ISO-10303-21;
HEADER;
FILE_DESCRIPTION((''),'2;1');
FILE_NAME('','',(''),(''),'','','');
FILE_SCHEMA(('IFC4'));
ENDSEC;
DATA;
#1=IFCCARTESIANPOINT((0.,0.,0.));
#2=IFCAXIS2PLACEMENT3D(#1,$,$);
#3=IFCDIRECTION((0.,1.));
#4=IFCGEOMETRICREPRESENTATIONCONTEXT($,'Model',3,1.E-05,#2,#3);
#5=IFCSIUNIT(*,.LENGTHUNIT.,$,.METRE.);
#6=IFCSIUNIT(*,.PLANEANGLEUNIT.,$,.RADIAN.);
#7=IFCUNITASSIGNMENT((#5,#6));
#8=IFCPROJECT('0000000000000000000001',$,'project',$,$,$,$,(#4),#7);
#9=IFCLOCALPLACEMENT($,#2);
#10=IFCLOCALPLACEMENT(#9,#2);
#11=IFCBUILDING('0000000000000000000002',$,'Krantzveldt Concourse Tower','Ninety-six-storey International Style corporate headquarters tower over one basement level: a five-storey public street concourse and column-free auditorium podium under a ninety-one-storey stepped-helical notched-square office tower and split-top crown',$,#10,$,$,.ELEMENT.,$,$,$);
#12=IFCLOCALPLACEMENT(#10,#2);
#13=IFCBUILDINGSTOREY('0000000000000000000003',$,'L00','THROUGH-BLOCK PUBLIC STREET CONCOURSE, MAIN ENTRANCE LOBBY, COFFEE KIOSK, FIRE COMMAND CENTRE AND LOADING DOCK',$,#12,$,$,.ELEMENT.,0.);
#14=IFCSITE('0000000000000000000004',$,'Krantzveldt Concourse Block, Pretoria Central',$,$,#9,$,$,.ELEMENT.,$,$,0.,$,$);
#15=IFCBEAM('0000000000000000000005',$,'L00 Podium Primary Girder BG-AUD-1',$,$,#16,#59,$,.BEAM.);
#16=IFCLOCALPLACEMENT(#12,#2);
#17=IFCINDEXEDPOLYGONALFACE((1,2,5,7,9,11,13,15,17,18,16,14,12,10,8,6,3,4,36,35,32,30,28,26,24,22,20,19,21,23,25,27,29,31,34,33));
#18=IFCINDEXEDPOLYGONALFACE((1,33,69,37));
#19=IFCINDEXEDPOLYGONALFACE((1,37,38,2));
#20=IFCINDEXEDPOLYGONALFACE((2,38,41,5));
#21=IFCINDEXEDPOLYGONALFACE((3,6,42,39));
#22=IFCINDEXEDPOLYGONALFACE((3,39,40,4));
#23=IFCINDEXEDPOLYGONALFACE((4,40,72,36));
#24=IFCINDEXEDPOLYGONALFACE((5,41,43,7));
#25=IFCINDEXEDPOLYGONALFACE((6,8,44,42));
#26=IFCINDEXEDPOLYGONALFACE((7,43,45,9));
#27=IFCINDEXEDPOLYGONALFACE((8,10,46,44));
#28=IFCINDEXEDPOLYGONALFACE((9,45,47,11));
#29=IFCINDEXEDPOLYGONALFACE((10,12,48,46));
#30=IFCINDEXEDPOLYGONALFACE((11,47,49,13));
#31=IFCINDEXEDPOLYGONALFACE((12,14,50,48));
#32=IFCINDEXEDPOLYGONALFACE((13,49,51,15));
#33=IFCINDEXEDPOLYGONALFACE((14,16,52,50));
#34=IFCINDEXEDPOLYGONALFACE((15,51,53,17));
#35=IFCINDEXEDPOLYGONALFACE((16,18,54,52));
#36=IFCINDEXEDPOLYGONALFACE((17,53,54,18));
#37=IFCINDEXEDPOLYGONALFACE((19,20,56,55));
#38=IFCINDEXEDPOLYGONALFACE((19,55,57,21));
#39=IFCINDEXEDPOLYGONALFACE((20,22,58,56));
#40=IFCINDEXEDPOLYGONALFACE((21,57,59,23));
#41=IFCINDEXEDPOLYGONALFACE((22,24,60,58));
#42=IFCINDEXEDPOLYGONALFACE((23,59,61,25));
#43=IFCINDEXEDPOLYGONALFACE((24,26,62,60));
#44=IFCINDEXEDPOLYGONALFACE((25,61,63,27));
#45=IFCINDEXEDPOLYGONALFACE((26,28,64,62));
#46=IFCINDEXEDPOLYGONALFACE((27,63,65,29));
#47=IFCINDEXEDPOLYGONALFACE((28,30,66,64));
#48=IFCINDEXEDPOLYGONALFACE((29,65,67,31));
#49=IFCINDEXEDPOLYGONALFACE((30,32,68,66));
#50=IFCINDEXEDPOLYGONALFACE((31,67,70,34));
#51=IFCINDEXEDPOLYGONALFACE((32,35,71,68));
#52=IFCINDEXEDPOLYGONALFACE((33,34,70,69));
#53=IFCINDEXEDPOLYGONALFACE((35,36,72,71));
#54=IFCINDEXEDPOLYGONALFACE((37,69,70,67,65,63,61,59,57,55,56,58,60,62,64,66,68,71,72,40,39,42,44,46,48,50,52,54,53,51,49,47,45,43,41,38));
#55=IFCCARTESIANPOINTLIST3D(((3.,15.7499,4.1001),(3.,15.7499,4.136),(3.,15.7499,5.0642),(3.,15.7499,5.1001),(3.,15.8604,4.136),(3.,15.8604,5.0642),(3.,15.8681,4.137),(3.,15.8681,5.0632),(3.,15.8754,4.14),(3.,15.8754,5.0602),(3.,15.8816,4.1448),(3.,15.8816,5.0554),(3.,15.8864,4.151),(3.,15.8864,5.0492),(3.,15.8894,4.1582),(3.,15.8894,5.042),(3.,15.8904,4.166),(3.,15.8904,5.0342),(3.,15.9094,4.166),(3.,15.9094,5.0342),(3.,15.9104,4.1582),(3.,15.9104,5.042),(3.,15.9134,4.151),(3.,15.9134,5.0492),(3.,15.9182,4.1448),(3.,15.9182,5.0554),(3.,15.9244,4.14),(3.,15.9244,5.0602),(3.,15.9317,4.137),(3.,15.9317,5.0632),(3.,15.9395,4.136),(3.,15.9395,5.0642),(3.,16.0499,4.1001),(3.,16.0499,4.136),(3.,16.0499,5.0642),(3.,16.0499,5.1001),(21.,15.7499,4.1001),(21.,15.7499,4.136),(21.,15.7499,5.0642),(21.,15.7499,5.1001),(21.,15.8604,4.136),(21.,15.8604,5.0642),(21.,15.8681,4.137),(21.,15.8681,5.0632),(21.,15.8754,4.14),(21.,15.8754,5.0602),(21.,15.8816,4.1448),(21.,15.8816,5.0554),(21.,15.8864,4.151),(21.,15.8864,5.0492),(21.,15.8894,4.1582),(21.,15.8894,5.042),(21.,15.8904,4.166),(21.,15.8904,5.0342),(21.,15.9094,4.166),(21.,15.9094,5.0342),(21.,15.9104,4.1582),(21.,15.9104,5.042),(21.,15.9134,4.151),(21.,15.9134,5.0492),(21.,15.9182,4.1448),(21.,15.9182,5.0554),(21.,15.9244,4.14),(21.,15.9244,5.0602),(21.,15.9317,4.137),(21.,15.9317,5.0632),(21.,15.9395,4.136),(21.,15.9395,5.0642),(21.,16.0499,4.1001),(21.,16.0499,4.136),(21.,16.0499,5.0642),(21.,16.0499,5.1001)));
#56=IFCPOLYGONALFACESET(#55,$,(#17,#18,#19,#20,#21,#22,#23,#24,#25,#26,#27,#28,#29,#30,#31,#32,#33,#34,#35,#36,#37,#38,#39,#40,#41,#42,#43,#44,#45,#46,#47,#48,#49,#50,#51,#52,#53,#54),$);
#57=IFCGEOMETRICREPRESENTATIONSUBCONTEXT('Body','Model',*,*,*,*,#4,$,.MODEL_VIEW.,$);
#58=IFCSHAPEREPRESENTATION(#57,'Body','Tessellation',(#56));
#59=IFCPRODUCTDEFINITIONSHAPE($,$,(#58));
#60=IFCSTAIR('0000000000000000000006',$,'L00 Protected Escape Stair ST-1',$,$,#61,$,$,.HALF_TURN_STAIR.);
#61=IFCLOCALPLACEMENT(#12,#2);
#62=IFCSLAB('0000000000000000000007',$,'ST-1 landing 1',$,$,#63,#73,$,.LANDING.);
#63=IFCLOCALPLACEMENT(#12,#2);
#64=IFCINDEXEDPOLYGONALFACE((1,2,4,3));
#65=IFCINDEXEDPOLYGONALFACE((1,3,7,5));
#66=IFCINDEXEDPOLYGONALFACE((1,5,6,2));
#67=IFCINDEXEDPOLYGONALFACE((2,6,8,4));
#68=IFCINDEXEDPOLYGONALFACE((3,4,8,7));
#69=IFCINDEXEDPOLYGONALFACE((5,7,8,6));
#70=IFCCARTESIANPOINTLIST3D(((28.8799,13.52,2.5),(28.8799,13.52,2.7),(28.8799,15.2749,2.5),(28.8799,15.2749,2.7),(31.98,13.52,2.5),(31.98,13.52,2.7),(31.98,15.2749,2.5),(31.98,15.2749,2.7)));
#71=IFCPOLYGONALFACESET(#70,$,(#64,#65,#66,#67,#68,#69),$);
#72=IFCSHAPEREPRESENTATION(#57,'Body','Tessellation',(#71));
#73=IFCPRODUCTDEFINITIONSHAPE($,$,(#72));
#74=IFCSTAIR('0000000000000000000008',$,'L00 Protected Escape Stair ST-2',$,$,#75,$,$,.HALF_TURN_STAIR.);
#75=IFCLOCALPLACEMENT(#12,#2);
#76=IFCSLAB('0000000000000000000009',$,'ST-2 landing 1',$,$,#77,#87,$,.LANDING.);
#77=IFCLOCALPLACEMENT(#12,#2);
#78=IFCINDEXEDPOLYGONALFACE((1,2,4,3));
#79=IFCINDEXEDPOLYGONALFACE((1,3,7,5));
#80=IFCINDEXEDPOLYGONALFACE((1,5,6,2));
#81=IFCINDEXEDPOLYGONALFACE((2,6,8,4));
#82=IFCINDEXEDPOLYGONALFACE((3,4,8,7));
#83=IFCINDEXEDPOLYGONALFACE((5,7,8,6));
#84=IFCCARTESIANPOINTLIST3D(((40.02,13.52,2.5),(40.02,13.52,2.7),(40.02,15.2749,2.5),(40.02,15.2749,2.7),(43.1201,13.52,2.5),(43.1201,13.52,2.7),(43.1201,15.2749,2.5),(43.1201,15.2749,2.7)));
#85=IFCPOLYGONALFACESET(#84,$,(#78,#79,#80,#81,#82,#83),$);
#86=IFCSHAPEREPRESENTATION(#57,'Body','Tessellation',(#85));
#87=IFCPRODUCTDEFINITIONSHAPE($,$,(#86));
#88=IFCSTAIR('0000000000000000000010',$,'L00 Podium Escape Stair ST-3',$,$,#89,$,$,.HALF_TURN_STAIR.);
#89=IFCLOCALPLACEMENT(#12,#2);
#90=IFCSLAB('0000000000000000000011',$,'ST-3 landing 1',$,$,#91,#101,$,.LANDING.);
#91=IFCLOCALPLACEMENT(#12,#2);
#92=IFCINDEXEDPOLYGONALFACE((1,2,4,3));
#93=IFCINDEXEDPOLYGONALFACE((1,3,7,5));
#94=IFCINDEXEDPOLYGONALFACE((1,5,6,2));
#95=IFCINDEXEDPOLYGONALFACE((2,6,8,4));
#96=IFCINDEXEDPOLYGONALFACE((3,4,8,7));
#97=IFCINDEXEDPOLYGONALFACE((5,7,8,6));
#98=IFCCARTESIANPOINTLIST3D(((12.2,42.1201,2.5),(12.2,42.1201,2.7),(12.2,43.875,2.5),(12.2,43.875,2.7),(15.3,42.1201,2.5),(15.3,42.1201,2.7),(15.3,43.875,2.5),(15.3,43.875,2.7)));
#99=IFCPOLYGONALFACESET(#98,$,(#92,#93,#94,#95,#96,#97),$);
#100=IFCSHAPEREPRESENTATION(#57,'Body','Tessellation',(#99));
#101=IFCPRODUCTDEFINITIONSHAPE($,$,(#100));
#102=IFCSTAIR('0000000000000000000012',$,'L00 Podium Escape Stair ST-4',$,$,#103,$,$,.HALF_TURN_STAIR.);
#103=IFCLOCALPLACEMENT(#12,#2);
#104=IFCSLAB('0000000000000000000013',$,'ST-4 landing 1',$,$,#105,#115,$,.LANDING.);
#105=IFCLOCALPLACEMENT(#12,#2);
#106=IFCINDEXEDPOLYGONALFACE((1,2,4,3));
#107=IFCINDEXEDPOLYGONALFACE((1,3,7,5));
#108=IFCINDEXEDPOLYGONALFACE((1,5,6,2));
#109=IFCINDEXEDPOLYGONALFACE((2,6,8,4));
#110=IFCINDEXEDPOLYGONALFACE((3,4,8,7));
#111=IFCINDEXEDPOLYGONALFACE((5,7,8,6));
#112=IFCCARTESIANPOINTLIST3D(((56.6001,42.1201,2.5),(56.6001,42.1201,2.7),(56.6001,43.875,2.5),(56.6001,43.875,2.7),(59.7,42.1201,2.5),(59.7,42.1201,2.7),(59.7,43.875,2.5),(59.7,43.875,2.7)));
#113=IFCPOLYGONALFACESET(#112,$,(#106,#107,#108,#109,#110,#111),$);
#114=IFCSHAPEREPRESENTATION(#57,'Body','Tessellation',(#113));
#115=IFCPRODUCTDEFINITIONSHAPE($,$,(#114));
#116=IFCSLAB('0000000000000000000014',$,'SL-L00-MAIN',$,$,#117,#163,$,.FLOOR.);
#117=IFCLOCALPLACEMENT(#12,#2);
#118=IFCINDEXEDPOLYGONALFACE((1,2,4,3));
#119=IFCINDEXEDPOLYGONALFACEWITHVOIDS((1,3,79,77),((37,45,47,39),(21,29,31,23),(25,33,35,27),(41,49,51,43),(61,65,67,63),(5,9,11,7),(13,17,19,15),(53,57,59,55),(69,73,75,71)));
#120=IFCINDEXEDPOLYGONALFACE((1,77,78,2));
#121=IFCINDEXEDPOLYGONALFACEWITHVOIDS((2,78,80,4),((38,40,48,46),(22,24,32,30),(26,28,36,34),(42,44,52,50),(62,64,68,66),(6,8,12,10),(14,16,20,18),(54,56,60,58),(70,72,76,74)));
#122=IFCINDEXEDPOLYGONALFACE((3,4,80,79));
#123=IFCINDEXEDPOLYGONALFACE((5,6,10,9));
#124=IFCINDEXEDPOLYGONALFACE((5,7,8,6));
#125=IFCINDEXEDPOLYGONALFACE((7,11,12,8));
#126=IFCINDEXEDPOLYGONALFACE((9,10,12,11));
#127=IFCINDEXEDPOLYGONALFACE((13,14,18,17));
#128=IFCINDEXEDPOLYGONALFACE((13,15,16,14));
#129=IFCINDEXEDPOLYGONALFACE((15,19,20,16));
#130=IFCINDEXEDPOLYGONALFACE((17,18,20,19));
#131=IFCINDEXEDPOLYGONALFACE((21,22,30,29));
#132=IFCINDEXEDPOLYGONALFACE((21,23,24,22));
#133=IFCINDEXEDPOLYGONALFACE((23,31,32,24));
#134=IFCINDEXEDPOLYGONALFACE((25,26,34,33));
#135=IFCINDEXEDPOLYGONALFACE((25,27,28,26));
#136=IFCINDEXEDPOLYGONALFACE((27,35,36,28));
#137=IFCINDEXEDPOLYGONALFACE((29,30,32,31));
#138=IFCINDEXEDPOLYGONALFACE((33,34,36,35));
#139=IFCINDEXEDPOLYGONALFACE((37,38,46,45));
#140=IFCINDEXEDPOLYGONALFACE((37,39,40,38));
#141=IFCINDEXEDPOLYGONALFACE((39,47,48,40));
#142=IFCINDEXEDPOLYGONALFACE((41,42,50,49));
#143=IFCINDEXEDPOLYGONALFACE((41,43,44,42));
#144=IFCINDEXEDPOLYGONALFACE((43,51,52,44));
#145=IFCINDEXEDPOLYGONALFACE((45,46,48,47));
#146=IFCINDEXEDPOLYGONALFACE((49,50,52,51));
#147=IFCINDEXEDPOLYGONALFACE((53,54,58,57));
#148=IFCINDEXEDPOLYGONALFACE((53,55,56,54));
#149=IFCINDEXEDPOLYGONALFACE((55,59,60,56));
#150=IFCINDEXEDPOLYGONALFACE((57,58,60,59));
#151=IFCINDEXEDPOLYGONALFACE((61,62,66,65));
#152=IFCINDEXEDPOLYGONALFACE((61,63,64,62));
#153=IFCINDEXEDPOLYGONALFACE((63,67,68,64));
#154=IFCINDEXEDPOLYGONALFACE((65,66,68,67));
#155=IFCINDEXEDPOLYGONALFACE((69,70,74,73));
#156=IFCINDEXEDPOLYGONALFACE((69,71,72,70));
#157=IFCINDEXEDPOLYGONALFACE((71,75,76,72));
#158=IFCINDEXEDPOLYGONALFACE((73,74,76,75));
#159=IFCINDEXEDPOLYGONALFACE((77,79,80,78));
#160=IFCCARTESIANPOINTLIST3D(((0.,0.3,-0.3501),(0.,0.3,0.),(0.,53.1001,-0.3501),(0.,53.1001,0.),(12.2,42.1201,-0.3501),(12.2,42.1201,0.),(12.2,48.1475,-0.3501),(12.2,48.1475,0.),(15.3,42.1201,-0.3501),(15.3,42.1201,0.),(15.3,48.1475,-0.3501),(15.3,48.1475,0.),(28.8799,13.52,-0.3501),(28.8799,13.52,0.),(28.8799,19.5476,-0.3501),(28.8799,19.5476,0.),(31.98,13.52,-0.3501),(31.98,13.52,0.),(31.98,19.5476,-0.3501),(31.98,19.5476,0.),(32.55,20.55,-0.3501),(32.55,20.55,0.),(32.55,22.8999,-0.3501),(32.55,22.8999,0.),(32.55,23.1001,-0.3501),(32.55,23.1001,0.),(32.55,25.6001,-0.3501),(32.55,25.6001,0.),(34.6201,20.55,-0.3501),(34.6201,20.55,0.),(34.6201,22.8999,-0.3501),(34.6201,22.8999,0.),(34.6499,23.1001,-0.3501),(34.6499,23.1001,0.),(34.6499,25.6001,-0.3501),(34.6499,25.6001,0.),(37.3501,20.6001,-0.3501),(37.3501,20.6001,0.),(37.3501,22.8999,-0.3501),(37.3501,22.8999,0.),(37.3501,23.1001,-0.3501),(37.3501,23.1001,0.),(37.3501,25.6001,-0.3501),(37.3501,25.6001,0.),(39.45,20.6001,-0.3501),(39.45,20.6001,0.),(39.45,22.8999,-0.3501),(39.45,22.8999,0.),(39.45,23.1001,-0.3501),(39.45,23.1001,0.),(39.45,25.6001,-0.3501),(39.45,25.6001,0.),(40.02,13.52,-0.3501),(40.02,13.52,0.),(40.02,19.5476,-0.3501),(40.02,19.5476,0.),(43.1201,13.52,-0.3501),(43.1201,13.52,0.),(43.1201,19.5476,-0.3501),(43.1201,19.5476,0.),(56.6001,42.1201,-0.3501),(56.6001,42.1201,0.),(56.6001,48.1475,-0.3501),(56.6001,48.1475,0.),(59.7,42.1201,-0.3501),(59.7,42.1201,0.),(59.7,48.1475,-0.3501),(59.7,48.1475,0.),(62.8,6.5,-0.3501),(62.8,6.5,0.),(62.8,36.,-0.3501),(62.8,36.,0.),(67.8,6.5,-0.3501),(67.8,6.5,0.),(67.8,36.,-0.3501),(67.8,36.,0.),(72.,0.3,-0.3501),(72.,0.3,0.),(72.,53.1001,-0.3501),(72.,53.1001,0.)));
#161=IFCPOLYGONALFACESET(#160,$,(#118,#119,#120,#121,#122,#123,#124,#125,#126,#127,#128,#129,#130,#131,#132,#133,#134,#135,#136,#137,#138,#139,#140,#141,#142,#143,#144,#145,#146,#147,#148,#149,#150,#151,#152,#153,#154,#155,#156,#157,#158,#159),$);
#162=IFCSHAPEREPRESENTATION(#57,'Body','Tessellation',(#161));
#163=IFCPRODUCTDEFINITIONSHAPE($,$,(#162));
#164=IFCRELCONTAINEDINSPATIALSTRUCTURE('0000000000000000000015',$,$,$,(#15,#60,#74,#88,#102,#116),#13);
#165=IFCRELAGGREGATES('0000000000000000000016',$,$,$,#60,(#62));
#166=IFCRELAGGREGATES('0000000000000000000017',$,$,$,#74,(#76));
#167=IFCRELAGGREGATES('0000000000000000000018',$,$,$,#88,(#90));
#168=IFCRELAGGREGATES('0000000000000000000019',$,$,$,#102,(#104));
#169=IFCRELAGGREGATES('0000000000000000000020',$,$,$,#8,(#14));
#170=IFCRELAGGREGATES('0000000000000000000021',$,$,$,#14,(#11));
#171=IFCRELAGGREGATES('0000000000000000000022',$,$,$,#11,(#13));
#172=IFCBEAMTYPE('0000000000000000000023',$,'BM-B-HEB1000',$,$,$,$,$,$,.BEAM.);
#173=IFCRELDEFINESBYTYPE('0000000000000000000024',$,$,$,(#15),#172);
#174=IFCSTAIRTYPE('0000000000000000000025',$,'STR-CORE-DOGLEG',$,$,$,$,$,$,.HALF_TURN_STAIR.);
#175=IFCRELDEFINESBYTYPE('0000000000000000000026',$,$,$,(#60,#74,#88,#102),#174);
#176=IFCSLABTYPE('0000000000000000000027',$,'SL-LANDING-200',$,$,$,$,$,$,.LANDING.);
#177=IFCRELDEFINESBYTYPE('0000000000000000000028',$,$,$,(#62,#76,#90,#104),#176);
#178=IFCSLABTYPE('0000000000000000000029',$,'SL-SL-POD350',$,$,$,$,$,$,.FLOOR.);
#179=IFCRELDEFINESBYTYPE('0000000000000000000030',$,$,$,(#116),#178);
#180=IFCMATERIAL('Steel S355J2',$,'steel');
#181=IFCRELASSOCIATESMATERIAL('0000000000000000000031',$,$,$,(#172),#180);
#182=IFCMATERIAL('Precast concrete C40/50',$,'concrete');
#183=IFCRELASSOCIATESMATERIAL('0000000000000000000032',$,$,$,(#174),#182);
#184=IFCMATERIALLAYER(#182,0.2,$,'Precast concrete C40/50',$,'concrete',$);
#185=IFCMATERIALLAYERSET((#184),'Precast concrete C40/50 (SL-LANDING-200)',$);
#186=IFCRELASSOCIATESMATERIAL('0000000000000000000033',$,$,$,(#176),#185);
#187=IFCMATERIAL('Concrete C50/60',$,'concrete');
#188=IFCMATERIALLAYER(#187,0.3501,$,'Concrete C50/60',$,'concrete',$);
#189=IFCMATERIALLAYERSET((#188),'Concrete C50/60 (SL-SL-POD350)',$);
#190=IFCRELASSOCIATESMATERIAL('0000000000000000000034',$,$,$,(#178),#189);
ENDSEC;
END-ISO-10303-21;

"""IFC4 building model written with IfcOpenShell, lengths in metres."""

from ifc_helpers import new_model, si_unit, direction, frame, origin, origin_2d, place, context, subcontext, project, spatial, polyline, i_section, outline, extrude, source, transform, mapped, material, layer, layer_set, material_profile, profile_set, type_object, type_shapes, element, aggregate, save


model = new_model("IFC4")

# Units and contexts
model_context = context("Model", 3, precision=1e-05, world=origin(), true_north=direction((0.0, 1.0)))
body_context = subcontext(model_context, "Body", "Model", "MODEL_VIEW")
ifc_project = project(units=[si_unit("LENGTHUNIT", "METRE"), si_unit("PLANEANGLEUNIT", "RADIAN")], contexts=[model_context])

# Site, building, storey
site_placement = place(None, origin())
site = spatial("IfcSite", under=ifc_project, at=site_placement, Name="Krantzveldt Concourse Block, Pretoria Central", CompositionType="ELEMENT", RefElevation=0.0)
building_placement = place(site_placement, origin())
building = spatial("IfcBuilding", under=site, at=building_placement, Name="Krantzveldt Concourse Tower", Description="Ninety-six-storey International Style corporate headquarters tower over one basement level: a five-storey public street concourse and column-free auditorium podium under a ninety-one-storey stepped-helical notched-square office tower and split-top crown", CompositionType="ELEMENT")
storey_placement = place(building_placement, origin())
storey = spatial("IfcBuildingStorey", under=building, at=storey_placement, Name="L00", Description="THROUGH-BLOCK PUBLIC STREET CONCOURSE, MAIN ENTRANCE LOBBY, COFFEE KIOSK, FIRE COMMAND CENTRE AND LOADING DOCK", CompositionType="ELEMENT", Elevation=0.0)

# Shared definitions
ifc_material_1 = material(Name="Concrete C50/60", Category="concrete")

# Beam
ifc_material_2 = material(Name="Steel S355J2", Category="steel")
ifc_material_profile_1 = material_profile(ifc_material_2, i_section(OverallWidth=0.3, OverallDepth=1.0, WebThickness=0.019, FlangeThickness=0.0359, FilletRadius=0.03, at=origin_2d()), Name="Steel S355J2", Category="steel")
ifc_profile_set_1 = profile_set([ifc_material_profile_1], Name="Steel S355J2 - HEB 1000")
beam_type_1 = type_object("IfcBeamType", Name="BM-B-HEB1000", PredefinedType="BEAM", material=ifc_profile_set_1)
shared_shape_1 = source(origin(), body_context, "Body", "SweptSolid", [
    extrude(i_section(OverallWidth=0.3, OverallDepth=1.0, WebThickness=0.019, FlangeThickness=0.0359, FilletRadius=0.03, at=origin_2d()), origin(), (0.0, 0.0, 1.0), 18.0),
])
type_shapes(beam_type_1, [shared_shape_1])
beam_1_placement = place(storey_placement, frame((3.0, 15.8999, 4.6001), z_axis=(1.0, 0.0, 0.0), x_axis=(0.0, 1.0, 0.0)))
element("IfcBeam", 1, at=beam_1_placement, inside=storey, type_object=beam_type_1, Name="L00 Podium Primary Girder BG-AUD-1", PredefinedType="BEAM", context=body_context, shape_type="MappedRepresentation", body=[
    mapped(shared_shape_1, transform((0.0, 0.0, 0.0), x_axis=(1.0, 0.0, 0.0), y_axis=(0.0, 1.0, 0.0), z_axis=(0.0, 0.0, 1.0), scale=1.0)),
])

# Stairs, slabs
ifc_material_3 = material(Name="Precast concrete C40/50", Category="concrete")
stair_type = type_object("IfcStairType", Name="STR-CORE-DOGLEG", PredefinedType="HALF_TURN_STAIR", material=ifc_material_3)
stair_1_placement = place(storey_placement, origin())
stair_1 = element("IfcStair", 2, at=stair_1_placement, inside=storey, type_object=stair_type, Name="L00 Protected Escape Stair ST-1", PredefinedType="HALF_TURN_STAIR")
ifc_layer_1 = layer(ifc_material_3, 0.2, Name="Precast concrete C40/50", Category="concrete")
ifc_layer_set_1 = layer_set([ifc_layer_1], Name="Precast concrete C40/50 (SL-LANDING-200)")
slab_type_1 = type_object("IfcSlabType", Name="SL-LANDING-200", PredefinedType="LANDING", material=ifc_layer_set_1)
slab_1_placement = place(storey_placement, frame((0.0, 0.0, 2.5)))
slab_1 = element("IfcSlab", 3, at=slab_1_placement, type_object=slab_type_1, Name="ST-1 landing 1", PredefinedType="LANDING", context=body_context, shape_type="SweptSolid", body=[
    extrude(outline(polyline([(28.8799, 15.2749), (28.8799, 13.52), (31.98, 13.52), (31.98, 15.2749), (28.8799, 15.2749)])), origin(), (0.0, 0.0, 1.0), 0.2),
])
aggregate(stair_1, [slab_1])
stair_2_placement = place(storey_placement, origin())
stair_2 = element("IfcStair", 4, at=stair_2_placement, inside=storey, type_object=stair_type, Name="L00 Protected Escape Stair ST-2", PredefinedType="HALF_TURN_STAIR")
slab_2_placement = place(storey_placement, frame((0.0, 0.0, 2.5)))
slab_2 = element("IfcSlab", 5, at=slab_2_placement, type_object=slab_type_1, Name="ST-2 landing 1", PredefinedType="LANDING", context=body_context, shape_type="SweptSolid", body=[
    extrude(outline(polyline([(40.02, 15.2749), (40.02, 13.52), (43.1201, 13.52), (43.1201, 15.2749), (40.02, 15.2749)])), origin(), (0.0, 0.0, 1.0), 0.2),
])
aggregate(stair_2, [slab_2])
stair_3_placement = place(storey_placement, origin())
stair_3 = element("IfcStair", 6, at=stair_3_placement, inside=storey, type_object=stair_type, Name="L00 Podium Escape Stair ST-3", PredefinedType="HALF_TURN_STAIR")
slab_3_placement = place(storey_placement, frame((0.0, 0.0, 2.5)))
slab_3 = element("IfcSlab", 7, at=slab_3_placement, type_object=slab_type_1, Name="ST-3 landing 1", PredefinedType="LANDING", context=body_context, shape_type="SweptSolid", body=[
    extrude(outline(polyline([(12.2, 43.875), (12.2, 42.1201), (15.3, 42.1201), (15.3, 43.875), (12.2, 43.875)])), origin(), (0.0, 0.0, 1.0), 0.2),
])
aggregate(stair_3, [slab_3])
stair_4_placement = place(storey_placement, origin())
stair_4 = element("IfcStair", 8, at=stair_4_placement, inside=storey, type_object=stair_type, Name="L00 Podium Escape Stair ST-4", PredefinedType="HALF_TURN_STAIR")
slab_4_placement = place(storey_placement, frame((0.0, 0.0, 2.5)))
slab_4 = element("IfcSlab", 9, at=slab_4_placement, type_object=slab_type_1, Name="ST-4 landing 1", PredefinedType="LANDING", context=body_context, shape_type="SweptSolid", body=[
    extrude(outline(polyline([(56.6001, 43.875), (56.6001, 42.1201), (59.7, 42.1201), (59.7, 43.875), (56.6001, 43.875)])), origin(), (0.0, 0.0, 1.0), 0.2),
])
aggregate(stair_4, [slab_4])

# Slab
ifc_layer_2 = layer(ifc_material_1, 0.3501, Name="Concrete C50/60", Category="concrete")
ifc_layer_set_2 = layer_set([ifc_layer_2], Name="Concrete C50/60 (SL-SL-POD350)")
slab_type_2 = type_object("IfcSlabType", Name="SL-SL-POD350", PredefinedType="FLOOR", material=ifc_layer_set_2)
slab_5_placement = place(storey_placement, frame((0.0, 0.0, -0.3501)))
element("IfcSlab", 10, at=slab_5_placement, inside=storey, type_object=slab_type_2, Name="SL-L00-MAIN", PredefinedType="FLOOR", context=body_context, shape_type="SweptSolid", body=[
    extrude(outline(polyline([(0.0, 0.3), (72.0, 0.3), (72.0, 53.1001), (0.0, 53.1001), (0.0, 0.3)]), holes=[polyline([(28.8799, 19.5476), (28.8799, 13.52), (31.98, 13.52), (31.98, 19.5476), (28.8799, 19.5476)]), polyline([(40.02, 19.5476), (40.02, 13.52), (43.1201, 13.52), (43.1201, 19.5476), (40.02, 19.5476)]), polyline([(12.2, 48.1475), (12.2, 42.1201), (15.3, 42.1201), (15.3, 48.1475), (12.2, 48.1475)]), polyline([(56.6001, 48.1475), (56.6001, 42.1201), (59.7, 42.1201), (59.7, 48.1475), (56.6001, 48.1475)]), polyline([(32.55, 23.1001), (34.6499, 23.1001), (34.6499, 25.6001), (32.55, 25.6001), (32.55, 23.1001)]), polyline([(37.3501, 23.1001), (39.45, 23.1001), (39.45, 25.6001), (37.3501, 25.6001), (37.3501, 23.1001)]), polyline([(37.3501, 20.6001), (39.45, 20.6001), (39.45, 22.8999), (37.3501, 22.8999), (37.3501, 20.6001)]), polyline([(32.55, 20.55), (34.6201, 20.55), (34.6201, 22.8999), (32.55, 22.8999), (32.55, 20.55)]), polyline([(62.8, 6.5), (67.8, 6.5), (67.8, 36.0), (62.8, 36.0), (62.8, 6.5)])]), origin(), (0.0, 0.0, 1.0), 0.3501),
])

save(model, "model.ifc")
